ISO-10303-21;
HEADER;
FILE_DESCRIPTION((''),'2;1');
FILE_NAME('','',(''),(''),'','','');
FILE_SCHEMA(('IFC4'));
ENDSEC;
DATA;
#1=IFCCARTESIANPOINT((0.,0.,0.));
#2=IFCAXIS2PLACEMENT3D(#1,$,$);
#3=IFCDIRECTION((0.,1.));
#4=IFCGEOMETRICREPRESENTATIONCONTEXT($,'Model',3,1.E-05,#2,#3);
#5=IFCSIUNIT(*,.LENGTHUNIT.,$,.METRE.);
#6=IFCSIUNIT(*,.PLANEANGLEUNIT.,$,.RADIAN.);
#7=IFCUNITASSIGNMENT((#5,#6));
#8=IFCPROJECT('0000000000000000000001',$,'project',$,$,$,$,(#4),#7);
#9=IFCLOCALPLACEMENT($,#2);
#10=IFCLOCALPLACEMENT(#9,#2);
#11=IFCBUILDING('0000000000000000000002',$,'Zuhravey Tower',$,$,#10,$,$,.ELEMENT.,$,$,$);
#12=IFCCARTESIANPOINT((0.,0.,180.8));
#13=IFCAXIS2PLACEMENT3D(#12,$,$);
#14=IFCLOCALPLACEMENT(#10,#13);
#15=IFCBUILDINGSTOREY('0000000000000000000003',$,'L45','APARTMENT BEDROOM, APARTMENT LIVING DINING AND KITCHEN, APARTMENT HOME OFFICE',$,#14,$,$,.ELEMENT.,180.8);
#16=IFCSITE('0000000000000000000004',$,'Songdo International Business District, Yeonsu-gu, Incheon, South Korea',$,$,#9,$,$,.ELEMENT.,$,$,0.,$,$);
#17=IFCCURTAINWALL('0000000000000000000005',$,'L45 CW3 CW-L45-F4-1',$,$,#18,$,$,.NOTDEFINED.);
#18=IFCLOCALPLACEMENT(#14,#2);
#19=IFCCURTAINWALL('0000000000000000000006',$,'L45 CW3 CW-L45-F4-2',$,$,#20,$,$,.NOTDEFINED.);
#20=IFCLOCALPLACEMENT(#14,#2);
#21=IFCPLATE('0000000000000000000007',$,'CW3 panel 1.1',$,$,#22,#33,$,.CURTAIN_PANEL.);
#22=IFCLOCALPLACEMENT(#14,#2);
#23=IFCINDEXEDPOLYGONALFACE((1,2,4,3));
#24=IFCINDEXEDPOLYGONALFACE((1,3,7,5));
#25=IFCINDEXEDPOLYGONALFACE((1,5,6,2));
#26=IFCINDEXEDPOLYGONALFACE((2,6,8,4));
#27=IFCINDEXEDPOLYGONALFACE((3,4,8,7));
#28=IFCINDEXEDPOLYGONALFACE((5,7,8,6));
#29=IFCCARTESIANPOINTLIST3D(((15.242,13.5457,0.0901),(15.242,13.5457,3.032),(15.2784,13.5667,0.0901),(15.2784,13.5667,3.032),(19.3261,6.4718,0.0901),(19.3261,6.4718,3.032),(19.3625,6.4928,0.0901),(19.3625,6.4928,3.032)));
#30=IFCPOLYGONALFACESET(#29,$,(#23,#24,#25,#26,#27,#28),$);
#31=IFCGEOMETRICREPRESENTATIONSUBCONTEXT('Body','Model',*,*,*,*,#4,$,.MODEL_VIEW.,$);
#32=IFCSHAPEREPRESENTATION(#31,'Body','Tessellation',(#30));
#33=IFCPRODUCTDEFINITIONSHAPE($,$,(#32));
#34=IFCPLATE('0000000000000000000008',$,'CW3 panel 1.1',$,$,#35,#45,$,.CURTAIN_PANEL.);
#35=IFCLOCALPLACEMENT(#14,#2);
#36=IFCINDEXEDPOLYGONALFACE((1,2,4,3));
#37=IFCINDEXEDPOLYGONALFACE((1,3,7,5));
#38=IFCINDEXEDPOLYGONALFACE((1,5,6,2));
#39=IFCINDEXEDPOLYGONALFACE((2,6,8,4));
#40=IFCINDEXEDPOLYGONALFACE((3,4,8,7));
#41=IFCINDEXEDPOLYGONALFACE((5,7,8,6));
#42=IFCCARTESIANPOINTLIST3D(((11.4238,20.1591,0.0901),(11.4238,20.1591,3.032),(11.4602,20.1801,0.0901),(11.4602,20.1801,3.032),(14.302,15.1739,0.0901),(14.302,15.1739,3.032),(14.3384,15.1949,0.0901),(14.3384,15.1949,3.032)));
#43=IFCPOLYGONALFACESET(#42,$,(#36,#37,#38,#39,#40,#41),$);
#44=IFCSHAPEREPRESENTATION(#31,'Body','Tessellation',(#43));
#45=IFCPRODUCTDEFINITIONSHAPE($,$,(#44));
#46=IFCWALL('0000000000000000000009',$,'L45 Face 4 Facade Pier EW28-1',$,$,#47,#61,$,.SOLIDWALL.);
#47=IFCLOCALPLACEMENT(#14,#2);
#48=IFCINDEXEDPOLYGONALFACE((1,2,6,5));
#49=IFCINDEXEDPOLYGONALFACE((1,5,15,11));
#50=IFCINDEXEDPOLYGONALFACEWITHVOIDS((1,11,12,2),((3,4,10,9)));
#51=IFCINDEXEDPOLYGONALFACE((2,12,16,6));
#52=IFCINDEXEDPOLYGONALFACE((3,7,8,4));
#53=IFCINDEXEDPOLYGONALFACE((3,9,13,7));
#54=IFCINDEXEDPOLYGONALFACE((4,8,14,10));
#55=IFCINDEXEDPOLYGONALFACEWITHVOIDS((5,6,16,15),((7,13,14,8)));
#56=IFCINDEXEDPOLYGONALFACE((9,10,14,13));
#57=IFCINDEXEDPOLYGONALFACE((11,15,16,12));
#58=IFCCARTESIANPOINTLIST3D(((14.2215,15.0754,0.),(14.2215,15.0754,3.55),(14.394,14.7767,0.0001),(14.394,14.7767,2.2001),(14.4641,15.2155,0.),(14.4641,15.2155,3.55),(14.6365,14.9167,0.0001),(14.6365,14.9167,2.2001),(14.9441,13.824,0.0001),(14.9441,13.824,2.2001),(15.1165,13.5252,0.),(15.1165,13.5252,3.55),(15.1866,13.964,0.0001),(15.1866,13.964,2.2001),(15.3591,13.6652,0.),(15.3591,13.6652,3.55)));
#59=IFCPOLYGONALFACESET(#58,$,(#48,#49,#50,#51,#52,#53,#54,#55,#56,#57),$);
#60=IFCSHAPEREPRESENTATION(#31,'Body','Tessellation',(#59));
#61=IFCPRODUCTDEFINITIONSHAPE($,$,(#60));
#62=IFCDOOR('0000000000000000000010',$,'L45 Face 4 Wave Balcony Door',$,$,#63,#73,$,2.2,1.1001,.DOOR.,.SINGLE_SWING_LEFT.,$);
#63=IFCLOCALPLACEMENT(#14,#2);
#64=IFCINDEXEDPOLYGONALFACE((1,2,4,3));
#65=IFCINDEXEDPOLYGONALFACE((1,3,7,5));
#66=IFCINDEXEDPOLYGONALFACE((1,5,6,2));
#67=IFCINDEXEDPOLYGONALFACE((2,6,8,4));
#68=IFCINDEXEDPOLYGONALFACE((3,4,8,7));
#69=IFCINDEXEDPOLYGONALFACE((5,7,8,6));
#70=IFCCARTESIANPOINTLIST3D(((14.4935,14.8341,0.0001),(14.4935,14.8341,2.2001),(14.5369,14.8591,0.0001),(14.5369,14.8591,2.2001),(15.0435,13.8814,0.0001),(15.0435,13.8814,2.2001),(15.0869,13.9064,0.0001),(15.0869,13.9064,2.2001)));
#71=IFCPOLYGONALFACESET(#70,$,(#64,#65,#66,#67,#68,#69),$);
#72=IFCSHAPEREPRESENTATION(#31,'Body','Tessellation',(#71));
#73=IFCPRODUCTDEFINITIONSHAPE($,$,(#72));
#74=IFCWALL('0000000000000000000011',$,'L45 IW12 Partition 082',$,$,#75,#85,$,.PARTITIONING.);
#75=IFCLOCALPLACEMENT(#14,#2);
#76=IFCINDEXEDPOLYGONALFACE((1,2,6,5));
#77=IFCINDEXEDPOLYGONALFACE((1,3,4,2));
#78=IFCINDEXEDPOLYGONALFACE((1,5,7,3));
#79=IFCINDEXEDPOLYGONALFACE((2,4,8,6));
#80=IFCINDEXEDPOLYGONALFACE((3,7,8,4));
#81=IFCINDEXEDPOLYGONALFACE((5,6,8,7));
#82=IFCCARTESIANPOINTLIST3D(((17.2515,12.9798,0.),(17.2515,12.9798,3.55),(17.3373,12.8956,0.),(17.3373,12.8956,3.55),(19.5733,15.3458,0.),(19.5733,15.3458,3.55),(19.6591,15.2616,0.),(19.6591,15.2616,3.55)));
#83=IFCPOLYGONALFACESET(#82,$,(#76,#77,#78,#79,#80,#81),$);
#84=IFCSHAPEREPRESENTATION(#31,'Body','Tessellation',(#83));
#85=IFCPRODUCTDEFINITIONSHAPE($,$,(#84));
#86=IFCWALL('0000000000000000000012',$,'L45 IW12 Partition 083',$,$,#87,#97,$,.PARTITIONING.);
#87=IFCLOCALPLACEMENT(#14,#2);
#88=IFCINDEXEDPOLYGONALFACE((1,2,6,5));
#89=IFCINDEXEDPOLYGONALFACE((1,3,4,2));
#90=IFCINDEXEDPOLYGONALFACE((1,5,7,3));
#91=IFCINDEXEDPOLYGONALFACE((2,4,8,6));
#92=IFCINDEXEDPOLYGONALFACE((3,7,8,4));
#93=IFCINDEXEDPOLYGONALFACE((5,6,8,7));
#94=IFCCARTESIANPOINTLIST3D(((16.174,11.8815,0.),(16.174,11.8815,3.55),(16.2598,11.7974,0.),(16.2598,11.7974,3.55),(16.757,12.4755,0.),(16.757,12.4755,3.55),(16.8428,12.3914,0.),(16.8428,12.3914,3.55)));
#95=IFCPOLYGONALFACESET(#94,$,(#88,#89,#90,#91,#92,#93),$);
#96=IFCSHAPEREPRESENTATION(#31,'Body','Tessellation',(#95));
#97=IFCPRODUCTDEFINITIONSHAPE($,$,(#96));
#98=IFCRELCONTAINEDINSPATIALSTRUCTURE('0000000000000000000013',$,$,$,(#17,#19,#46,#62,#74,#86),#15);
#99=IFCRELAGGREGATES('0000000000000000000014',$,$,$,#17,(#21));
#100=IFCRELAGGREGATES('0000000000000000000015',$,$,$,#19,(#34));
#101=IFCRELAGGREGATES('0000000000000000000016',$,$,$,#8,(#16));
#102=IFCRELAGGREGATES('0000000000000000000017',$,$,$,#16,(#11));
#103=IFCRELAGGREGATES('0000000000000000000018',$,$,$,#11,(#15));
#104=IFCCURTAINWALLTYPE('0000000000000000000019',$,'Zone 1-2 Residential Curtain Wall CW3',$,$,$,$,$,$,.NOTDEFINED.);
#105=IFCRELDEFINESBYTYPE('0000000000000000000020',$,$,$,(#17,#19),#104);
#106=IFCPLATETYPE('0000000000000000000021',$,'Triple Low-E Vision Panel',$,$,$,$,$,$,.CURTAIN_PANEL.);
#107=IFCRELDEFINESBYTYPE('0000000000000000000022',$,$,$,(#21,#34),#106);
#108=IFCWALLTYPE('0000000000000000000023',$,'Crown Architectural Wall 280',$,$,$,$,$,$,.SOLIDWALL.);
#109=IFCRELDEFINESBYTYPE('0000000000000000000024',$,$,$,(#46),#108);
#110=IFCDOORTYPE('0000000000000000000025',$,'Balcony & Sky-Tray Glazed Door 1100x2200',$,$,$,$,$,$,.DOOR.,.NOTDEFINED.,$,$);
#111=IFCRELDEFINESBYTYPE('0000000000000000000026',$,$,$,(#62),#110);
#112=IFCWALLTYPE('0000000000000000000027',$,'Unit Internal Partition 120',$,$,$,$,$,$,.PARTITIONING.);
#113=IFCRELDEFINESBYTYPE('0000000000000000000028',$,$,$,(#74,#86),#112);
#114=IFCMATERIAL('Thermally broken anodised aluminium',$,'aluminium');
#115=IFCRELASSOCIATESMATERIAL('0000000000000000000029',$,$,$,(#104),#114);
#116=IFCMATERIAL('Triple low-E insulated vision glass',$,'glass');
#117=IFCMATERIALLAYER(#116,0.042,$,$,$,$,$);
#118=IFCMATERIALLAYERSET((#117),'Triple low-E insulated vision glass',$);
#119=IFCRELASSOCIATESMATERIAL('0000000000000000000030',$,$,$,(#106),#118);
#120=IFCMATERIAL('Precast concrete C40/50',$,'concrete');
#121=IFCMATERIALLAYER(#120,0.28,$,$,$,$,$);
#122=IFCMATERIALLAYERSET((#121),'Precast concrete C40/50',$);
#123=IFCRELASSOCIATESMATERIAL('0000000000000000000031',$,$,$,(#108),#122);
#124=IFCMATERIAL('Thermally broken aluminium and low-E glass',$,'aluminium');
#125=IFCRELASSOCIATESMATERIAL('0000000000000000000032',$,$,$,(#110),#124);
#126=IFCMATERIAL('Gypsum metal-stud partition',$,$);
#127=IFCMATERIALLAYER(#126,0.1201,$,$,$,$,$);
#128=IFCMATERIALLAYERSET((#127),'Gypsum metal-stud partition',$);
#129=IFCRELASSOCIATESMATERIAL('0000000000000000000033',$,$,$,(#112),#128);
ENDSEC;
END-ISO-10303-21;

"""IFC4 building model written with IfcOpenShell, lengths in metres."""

from ifc_helpers import new_model, si_unit, direction, frame, frame_2d, origin, origin_2d, place, context, subcontext, project, spatial, rectangle, extrude, material, layer, layer_set, type_object, element, fill, aggregate, save


model = new_model("IFC4")

# Units and contexts
model_context = context("Model", 3, precision=1e-05, world=origin(), true_north=direction((0.0, 1.0)))
body_context = subcontext(model_context, "Body", "Model", "MODEL_VIEW")
ifc_project = project(units=[si_unit("LENGTHUNIT", "METRE"), si_unit("PLANEANGLEUNIT", "RADIAN")], contexts=[model_context])

# Site, building, storey
site_placement = place(None, origin())
site = spatial("IfcSite", under=ifc_project, at=site_placement, Name="Songdo International Business District, Yeonsu-gu, Incheon, South Korea", CompositionType="ELEMENT", RefElevation=0.0)
building_placement = place(site_placement, origin())
building = spatial("IfcBuilding", under=site, at=building_placement, Name="Zuhravey Tower", CompositionType="ELEMENT")
storey_placement = place(building_placement, frame((0.0, 0.0, 180.8)))
storey = spatial("IfcBuildingStorey", under=building, at=storey_placement, Name="L45", Description="APARTMENT BEDROOM, APARTMENT LIVING DINING AND KITCHEN, APARTMENT HOME OFFICE", CompositionType="ELEMENT", Elevation=180.8)

# Curtain wall
ifc_material_1 = material(Name="Thermally broken anodised aluminium", Category="aluminium")
curtain_wall_type = type_object("IfcCurtainWallType", Name="Zone 1-2 Residential Curtain Wall CW3", PredefinedType="NOTDEFINED", material=ifc_material_1)
curtain_wall_1_placement = place(storey_placement, origin())
curtain_wall_1 = element("IfcCurtainWall", 1, at=curtain_wall_1_placement, inside=storey, type_object=curtain_wall_type, Name="L45 CW3 CW-L45-F4-1", PredefinedType="NOTDEFINED")

# Curtain wall
curtain_wall_2_placement = place(storey_placement, origin())
curtain_wall_2 = element("IfcCurtainWall", 2, at=curtain_wall_2_placement, inside=storey, type_object=curtain_wall_type, Name="L45 CW3 CW-L45-F4-2", PredefinedType="NOTDEFINED")

# Plates
ifc_material_2 = material(Name="Triple low-E insulated vision glass", Category="glass")
ifc_layer_1 = layer(ifc_material_2, 0.042)
ifc_layer_set_1 = layer_set([ifc_layer_1], Name="Triple low-E insulated vision glass")
plate_type = type_object("IfcPlateType", Name="Triple Low-E Vision Panel", PredefinedType="CURTAIN_PANEL", material=ifc_layer_set_1)
plate_1_placement = place(storey_placement, frame((17.3022, 10.0193, 0.0901), z_axis=(0.0, 0.0, 1.0), x_axis=(-0.499998, 0.866027, 0.0)))
plate_1 = element("IfcPlate", 3, at=plate_1_placement, type_object=plate_type, Name="CW3 panel 1.1", PredefinedType="CURTAIN_PANEL", context=body_context, shape_type="SweptSolid", body=[
    extrude(rectangle(XDim=8.1682, YDim=0.042, at=origin_2d()), origin(), (0.0, 0.0, 1.0), 2.9419),
])
aggregate(curtain_wall_1, [plate_1])
plate_2_placement = place(storey_placement, frame((12.8811, 17.677, 0.0901), z_axis=(0.0, 0.0, 1.0), x_axis=(-0.500001, 0.866025, 0.0)))
plate_2 = element("IfcPlate", 4, at=plate_2_placement, type_object=plate_type, Name="CW3 panel 1.1", PredefinedType="CURTAIN_PANEL", context=body_context, shape_type="SweptSolid", body=[
    extrude(rectangle(XDim=5.7563, YDim=0.042, at=origin_2d()), origin(), (0.0, 0.0, 1.0), 2.9419),
])
aggregate(curtain_wall_2, [plate_2])

# Wall, opening, door
ifc_material_3 = material(Name="Precast concrete C40/50", Category="concrete")
ifc_layer_2 = layer(ifc_material_3, 0.28)
ifc_layer_set_2 = layer_set([ifc_layer_2], Name="Precast concrete C40/50")
wall_type_1 = type_object("IfcWallType", Name="Crown Architectural Wall 280", PredefinedType="SOLIDWALL", material=ifc_layer_set_2)
wall_1_placement = place(storey_placement, frame((15.2378, 13.5952, 0.0), z_axis=(0.0, 0.0, 1.0), x_axis=(-0.499982, 0.866036, 0.0)))
wall_1 = element("IfcWall", 5, at=wall_1_placement, inside=storey, type_object=wall_type_1, Name="L45 Face 4 Facade Pier EW28-1", PredefinedType="SOLIDWALL", context=body_context, shape_type="SweptSolid", body=[
    extrude(rectangle(XDim=1.79, YDim=0.28, at=frame_2d((0.895, 0.0))), origin(), (0.0, 0.0, 1.0), 3.55),
])
opening_placement = place(wall_1_placement, frame((0.345, 0.0, 0.0)))
opening = element("IfcOpeningElement", 6, at=opening_placement, cuts=wall_1, PredefinedType="OPENING", context=body_context, shape_type="SweptSolid", body=[
    extrude(rectangle(XDim=1.1001, YDim=2.2, at=frame_2d((0.55, 1.1001))), frame((0.0, 0.1521, 0.0), z_axis=(0.0, -1.0, 0.0), x_axis=(1.0, 0.0, 0.0)), (0.0, 0.0, 1.0), 0.304),
])
ifc_material_4 = material(Name="Thermally broken aluminium and low-E glass", Category="aluminium")
door_type = type_object("IfcDoorType", Name="Balcony & Sky-Tray Glazed Door 1100x2200", OperationType="NOTDEFINED", PredefinedType="DOOR", material=ifc_material_4)
door_placement = place(opening_placement, frame((1.1001, 0.0, 0.0), z_axis=(0.0, 0.0, 1.0), x_axis=(-1.0, 0.0, 0.0)))
door = element("IfcDoor", 7, at=door_placement, inside=storey, type_object=door_type, Name="L45 Face 4 Wave Balcony Door", OperationType="SINGLE_SWING_LEFT", OverallHeight=2.2, OverallWidth=1.1001, PredefinedType="DOOR", context=body_context, shape_type="SweptSolid", body=[
    extrude(rectangle(XDim=1.1001, YDim=2.2, at=frame_2d((0.55, 1.1001))), frame((0.0, 0.0249, 0.0), z_axis=(0.0, -1.0, 0.0), x_axis=(1.0, 0.0, 0.0)), (0.0, 0.0, 1.0), 0.05),
])
fill(opening, door)

# Walls
ifc_material_5 = material(Name="Gypsum metal-stud partition")
ifc_layer_3 = layer(ifc_material_5, 0.1201)
ifc_layer_set_3 = layer_set([ifc_layer_3], Name="Gypsum metal-stud partition")
wall_type_2 = type_object("IfcWallType", Name="Unit Internal Partition 120", PredefinedType="PARTITIONING", material=ifc_layer_set_3)
wall_2_placement = place(storey_placement, frame((19.6162, 15.3037, 0.0), z_axis=(0.0, 0.0, 1.0), x_axis=(-0.70041, -0.713741, 0.0)))
element("IfcWall", 8, at=wall_2_placement, inside=storey, type_object=wall_type_2, Name="L45 IW12 Partition 082", PredefinedType="PARTITIONING", context=body_context, shape_type="SweptSolid", body=[
    extrude(rectangle(XDim=3.3149, YDim=0.1201, at=frame_2d((1.6575, 0.0))), origin(), (0.0, 0.0, 1.0), 3.55),
])
wall_3_placement = place(storey_placement, frame((16.7998, 12.4333, 0.0), z_axis=(0.0, 0.0, 1.0), x_axis=(-0.700476, -0.713676, 0.0)))
element("IfcWall", 9, at=wall_3_placement, inside=storey, type_object=wall_type_2, Name="L45 IW12 Partition 083", PredefinedType="PARTITIONING", context=body_context, shape_type="SweptSolid", body=[
    extrude(rectangle(XDim=0.8323, YDim=0.1201, at=frame_2d((0.416, 0.0))), origin(), (0.0, 0.0, 1.0), 3.55),
])

save(model, "model.ifc")
